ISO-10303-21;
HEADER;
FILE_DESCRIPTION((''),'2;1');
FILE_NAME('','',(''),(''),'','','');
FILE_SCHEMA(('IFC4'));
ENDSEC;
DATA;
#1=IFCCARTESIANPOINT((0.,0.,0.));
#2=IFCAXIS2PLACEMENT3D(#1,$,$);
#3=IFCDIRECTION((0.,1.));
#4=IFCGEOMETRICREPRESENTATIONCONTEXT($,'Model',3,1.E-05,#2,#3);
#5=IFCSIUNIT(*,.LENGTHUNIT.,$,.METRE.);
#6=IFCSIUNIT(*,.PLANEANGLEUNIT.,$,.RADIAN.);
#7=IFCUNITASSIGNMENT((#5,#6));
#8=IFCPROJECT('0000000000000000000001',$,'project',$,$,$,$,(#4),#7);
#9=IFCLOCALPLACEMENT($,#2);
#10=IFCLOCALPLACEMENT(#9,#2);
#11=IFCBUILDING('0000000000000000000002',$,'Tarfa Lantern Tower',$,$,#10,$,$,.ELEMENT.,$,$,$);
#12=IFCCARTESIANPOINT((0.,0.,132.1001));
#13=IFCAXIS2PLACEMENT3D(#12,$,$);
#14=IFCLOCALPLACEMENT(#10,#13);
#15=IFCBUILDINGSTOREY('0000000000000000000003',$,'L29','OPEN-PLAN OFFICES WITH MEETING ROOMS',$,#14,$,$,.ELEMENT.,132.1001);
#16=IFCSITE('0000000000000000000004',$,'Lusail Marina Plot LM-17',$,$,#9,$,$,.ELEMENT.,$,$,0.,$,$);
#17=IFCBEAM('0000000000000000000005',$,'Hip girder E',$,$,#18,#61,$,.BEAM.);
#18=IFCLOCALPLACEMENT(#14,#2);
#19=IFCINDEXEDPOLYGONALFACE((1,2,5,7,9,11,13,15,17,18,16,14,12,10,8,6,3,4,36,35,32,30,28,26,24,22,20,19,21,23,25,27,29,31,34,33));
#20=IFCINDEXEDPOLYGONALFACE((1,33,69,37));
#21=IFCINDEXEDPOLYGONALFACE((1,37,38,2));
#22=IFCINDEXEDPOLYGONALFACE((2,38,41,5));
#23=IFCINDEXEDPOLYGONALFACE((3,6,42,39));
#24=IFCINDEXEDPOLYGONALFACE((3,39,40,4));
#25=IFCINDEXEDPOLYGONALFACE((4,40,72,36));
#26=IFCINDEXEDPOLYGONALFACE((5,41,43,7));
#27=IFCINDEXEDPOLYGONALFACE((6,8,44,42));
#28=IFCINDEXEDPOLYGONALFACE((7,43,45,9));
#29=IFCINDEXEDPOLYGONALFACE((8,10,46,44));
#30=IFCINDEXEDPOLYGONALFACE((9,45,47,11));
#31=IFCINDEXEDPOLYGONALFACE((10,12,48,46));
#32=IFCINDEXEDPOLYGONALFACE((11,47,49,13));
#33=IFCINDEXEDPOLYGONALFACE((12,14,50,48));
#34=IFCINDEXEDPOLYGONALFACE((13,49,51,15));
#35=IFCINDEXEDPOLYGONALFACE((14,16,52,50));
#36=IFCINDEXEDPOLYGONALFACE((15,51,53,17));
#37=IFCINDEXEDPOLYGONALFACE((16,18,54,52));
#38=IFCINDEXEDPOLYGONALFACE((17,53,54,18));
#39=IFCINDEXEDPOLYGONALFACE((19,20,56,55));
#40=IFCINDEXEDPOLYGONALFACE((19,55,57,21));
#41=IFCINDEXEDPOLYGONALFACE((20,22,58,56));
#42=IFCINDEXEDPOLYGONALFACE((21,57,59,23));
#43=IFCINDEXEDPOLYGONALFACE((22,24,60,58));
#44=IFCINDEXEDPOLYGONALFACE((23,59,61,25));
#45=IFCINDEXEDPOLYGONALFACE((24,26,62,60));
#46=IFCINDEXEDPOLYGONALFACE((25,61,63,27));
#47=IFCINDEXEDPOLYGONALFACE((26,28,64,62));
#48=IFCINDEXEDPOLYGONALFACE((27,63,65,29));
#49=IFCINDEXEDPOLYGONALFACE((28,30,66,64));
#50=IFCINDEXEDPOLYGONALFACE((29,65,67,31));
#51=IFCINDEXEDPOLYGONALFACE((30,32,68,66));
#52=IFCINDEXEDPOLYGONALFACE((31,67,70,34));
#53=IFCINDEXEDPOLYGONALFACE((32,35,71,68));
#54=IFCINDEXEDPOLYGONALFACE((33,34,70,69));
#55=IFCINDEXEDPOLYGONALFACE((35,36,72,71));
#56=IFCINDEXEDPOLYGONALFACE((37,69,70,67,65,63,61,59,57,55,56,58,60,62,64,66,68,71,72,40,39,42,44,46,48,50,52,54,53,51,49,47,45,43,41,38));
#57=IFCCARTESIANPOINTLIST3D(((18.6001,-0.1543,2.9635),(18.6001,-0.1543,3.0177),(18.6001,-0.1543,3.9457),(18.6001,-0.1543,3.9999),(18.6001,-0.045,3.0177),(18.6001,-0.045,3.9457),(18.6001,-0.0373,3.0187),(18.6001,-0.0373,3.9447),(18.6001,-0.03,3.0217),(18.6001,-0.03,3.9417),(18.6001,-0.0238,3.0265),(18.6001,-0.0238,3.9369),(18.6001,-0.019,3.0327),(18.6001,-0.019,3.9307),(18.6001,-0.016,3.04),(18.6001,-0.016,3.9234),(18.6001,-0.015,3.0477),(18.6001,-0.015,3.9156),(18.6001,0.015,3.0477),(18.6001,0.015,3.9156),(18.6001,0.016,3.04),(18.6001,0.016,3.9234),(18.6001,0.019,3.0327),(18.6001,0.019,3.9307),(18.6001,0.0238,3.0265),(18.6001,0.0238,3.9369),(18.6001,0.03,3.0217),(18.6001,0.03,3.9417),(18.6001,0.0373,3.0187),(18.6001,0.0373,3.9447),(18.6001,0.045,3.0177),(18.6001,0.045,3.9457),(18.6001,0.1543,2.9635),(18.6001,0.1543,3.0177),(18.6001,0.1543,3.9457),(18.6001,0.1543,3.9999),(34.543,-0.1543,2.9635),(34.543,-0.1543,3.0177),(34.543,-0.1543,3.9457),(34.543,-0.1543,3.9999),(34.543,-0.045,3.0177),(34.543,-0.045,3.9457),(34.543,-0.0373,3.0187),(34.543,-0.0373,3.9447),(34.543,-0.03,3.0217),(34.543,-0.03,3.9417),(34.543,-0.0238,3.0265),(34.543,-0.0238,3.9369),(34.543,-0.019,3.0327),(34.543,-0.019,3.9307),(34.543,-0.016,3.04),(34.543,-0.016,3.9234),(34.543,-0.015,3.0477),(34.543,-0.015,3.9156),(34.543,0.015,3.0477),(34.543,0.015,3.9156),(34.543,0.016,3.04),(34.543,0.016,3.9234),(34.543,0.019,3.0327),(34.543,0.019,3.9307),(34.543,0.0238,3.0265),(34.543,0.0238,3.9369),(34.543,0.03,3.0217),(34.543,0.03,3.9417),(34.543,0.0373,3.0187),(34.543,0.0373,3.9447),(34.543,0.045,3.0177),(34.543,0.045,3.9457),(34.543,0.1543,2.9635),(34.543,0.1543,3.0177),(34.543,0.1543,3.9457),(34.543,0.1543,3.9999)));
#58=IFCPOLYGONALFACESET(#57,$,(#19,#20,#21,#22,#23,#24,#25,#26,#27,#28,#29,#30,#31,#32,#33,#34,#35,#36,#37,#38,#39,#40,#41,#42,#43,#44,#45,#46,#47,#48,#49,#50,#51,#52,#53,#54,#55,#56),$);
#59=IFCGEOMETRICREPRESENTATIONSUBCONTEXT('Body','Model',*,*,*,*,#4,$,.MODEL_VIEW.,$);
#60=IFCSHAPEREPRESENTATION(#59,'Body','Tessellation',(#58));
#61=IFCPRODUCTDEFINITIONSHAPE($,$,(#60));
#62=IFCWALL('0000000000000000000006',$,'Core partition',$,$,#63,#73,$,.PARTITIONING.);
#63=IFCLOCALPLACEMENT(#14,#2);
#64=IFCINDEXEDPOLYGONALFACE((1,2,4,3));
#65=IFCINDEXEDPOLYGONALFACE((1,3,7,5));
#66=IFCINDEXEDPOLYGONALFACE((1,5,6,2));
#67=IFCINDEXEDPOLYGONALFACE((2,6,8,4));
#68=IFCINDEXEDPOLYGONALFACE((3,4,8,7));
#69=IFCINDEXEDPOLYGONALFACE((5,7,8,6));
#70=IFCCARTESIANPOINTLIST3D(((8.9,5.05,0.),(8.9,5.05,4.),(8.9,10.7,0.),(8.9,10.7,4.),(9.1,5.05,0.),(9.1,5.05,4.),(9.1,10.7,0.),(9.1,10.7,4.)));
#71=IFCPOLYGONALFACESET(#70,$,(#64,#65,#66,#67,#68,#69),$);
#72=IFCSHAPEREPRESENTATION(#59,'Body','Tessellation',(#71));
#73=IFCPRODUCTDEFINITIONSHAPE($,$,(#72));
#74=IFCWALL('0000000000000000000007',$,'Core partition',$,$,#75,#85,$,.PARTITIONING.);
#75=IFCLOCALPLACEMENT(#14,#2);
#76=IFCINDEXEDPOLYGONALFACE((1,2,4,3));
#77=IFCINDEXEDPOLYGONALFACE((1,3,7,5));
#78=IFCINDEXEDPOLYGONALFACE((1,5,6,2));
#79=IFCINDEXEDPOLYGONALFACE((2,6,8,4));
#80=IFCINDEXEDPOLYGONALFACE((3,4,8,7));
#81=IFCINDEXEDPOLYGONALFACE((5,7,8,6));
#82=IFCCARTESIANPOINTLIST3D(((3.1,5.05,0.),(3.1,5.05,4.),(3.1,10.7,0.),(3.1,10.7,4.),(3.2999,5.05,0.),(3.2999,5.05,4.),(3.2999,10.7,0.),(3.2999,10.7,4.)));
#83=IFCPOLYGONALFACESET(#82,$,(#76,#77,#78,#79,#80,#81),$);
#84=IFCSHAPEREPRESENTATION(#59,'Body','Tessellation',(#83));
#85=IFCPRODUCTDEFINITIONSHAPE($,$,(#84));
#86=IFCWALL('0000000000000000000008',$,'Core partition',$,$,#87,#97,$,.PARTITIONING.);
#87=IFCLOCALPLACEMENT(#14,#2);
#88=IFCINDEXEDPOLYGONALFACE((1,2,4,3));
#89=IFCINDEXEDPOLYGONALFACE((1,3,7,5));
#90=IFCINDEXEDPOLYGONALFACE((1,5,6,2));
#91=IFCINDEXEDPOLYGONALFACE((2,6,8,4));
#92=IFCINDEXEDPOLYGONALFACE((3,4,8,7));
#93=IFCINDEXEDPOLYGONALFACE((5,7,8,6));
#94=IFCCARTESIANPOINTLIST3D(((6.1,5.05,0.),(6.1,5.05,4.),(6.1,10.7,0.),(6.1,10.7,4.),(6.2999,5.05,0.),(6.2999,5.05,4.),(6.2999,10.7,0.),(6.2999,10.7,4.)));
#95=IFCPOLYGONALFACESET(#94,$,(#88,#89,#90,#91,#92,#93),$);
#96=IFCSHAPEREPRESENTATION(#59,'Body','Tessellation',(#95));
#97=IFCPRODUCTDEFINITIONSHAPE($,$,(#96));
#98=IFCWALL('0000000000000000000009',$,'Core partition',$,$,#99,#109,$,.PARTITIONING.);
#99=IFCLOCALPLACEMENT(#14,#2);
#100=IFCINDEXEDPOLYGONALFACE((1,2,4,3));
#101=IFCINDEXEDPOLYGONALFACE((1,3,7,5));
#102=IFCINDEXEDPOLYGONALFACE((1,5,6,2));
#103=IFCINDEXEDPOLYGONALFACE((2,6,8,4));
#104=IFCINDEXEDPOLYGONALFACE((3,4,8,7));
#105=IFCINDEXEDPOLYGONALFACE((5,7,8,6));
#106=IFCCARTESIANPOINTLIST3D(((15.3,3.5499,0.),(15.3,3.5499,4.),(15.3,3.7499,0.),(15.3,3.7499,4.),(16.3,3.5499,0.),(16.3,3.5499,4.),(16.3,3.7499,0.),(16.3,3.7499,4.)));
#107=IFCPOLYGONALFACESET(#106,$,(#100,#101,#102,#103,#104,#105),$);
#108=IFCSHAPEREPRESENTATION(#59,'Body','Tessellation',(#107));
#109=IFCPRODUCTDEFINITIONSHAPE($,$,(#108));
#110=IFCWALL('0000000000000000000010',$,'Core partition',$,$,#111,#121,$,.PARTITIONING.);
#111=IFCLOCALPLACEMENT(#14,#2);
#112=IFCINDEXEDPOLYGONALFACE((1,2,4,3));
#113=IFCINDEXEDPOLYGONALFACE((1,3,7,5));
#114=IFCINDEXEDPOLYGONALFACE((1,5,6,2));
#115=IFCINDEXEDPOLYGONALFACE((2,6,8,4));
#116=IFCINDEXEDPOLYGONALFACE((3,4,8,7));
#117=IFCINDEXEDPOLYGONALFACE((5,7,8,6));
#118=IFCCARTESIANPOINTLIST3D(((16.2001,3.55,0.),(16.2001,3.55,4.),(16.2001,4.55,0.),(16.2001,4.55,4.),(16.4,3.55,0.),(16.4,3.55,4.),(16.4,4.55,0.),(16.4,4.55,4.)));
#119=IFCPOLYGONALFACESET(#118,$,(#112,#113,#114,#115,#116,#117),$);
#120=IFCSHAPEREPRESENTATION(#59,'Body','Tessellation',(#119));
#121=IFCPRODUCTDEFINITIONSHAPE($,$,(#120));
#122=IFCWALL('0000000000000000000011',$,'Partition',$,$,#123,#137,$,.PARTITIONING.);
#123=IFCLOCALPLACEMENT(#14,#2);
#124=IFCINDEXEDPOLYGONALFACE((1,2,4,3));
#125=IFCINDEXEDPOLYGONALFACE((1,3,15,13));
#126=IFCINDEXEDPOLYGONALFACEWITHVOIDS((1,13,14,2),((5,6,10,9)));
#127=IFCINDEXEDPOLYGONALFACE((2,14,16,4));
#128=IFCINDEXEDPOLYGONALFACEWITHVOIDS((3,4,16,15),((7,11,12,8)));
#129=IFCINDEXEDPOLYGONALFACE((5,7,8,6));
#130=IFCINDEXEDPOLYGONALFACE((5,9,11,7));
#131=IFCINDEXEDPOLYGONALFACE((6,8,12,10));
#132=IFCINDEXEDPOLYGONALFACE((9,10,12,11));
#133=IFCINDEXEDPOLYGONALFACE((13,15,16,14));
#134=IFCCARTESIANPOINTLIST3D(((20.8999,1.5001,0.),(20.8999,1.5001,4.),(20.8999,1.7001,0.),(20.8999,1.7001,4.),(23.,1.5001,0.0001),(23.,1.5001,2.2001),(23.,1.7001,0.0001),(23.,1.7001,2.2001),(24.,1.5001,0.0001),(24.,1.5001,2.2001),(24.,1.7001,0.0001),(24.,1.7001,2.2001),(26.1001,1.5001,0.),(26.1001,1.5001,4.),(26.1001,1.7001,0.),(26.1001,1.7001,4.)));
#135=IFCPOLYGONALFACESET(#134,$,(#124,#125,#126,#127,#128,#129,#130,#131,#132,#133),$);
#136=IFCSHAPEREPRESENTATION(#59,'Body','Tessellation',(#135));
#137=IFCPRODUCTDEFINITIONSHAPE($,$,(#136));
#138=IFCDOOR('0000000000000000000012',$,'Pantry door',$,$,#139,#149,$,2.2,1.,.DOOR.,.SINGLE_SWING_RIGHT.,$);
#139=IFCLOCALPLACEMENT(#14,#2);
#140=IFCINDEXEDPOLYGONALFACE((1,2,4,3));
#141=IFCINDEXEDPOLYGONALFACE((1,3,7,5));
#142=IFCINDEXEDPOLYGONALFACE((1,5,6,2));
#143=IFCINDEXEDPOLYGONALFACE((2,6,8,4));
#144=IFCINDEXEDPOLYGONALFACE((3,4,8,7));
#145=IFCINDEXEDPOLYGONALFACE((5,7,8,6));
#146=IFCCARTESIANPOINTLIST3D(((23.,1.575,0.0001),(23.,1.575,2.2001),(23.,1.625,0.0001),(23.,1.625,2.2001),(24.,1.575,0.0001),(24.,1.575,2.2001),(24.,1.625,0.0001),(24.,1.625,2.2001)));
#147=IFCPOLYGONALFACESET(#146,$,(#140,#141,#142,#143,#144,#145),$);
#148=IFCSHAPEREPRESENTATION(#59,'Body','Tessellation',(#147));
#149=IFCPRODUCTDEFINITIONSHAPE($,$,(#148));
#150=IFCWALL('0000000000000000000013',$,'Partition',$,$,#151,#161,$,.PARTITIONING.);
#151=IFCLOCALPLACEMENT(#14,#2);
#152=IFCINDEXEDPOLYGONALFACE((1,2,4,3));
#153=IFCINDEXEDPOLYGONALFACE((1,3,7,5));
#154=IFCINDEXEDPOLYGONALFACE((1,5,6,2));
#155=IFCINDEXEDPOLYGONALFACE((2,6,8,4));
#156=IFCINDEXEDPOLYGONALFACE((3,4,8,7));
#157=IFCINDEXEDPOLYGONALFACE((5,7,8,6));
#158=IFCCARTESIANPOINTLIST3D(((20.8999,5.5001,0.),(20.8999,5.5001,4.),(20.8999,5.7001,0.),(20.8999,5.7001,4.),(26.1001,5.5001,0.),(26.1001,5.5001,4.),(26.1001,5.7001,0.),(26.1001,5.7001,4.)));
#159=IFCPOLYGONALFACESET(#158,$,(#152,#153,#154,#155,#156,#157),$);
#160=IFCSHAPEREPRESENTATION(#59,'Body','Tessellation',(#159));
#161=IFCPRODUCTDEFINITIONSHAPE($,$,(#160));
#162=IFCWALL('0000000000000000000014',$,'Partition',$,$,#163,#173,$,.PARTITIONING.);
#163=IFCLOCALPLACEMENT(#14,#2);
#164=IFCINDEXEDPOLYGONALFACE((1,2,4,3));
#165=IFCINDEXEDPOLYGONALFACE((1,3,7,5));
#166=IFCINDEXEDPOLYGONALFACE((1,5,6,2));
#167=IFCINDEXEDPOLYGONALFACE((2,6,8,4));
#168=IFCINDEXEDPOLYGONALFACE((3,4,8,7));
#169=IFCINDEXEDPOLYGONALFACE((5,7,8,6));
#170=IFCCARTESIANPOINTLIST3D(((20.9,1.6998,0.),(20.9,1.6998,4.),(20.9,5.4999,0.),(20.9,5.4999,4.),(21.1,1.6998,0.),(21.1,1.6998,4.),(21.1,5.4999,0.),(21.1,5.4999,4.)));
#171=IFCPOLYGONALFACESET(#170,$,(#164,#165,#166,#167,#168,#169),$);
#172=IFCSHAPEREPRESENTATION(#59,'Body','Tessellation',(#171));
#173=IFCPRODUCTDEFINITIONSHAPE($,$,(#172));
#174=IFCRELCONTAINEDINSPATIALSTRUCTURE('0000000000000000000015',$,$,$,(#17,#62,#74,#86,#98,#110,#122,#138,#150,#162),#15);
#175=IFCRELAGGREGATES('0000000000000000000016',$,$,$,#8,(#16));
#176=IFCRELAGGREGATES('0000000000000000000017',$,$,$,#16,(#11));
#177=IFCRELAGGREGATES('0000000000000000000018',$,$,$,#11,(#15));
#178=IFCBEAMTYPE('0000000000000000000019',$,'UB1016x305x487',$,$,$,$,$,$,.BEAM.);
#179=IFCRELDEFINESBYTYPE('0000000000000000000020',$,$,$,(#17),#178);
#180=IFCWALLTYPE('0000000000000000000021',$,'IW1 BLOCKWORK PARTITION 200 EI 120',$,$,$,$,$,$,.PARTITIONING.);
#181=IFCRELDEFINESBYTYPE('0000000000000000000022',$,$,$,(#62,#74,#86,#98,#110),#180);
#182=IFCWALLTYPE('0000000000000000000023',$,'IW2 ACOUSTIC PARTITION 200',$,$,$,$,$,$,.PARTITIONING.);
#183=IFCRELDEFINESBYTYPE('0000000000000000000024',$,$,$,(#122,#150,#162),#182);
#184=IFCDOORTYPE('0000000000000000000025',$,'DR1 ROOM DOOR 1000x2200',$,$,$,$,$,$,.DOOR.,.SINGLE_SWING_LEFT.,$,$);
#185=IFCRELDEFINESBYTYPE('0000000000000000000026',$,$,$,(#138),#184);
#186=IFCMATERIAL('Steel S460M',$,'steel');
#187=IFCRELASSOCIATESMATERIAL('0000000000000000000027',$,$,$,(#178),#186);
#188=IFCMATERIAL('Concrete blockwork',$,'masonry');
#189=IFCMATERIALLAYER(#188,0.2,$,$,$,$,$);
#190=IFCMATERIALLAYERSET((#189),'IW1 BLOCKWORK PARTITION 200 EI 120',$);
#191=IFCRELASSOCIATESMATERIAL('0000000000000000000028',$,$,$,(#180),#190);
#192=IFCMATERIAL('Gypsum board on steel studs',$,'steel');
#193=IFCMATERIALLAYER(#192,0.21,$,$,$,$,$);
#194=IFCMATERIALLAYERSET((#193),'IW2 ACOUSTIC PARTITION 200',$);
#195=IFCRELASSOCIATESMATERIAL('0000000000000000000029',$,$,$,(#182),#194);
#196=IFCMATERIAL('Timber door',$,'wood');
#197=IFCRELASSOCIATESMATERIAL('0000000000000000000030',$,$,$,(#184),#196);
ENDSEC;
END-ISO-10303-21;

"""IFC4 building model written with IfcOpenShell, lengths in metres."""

from ifc_helpers import new_model, si_unit, direction, frame, frame_2d, origin, origin_2d, place, context, subcontext, project, spatial, rectangle, i_section, extrude, material, layer, layer_set, material_profile, profile_set, type_object, element, fill, save


model = new_model("IFC4")

# Units and contexts
model_context = context("Model", 3, precision=1e-05, world=origin(), true_north=direction((0.0, 1.0)))
body_context = subcontext(model_context, "Body", "Model", "MODEL_VIEW")
ifc_project = project(units=[si_unit("LENGTHUNIT", "METRE"), si_unit("PLANEANGLEUNIT", "RADIAN")], contexts=[model_context])

# Site, building, storey
site_placement = place(None, origin())
site = spatial("IfcSite", under=ifc_project, at=site_placement, Name="Lusail Marina Plot LM-17", CompositionType="ELEMENT", RefElevation=0.0)
building_placement = place(site_placement, origin())
building = spatial("IfcBuilding", under=site, at=building_placement, Name="Tarfa Lantern Tower", CompositionType="ELEMENT")
storey_placement = place(building_placement, frame((0.0, 0.0, 132.1001)))
storey = spatial("IfcBuildingStorey", under=building, at=storey_placement, Name="L29", Description="OPEN-PLAN OFFICES WITH MEETING ROOMS", CompositionType="ELEMENT", Elevation=132.1001)

# Beam
ifc_material_1 = material(Name="Steel S460M", Category="steel")
ifc_material_profile = material_profile(ifc_material_1, i_section(OverallWidth=0.3086, OverallDepth=1.0364, WebThickness=0.03, FlangeThickness=0.0542, FilletRadius=0.03, at=origin_2d()), Name="UB1016x305x487")
ifc_profile_set = profile_set([ifc_material_profile], Name="Steel S460M")
beam_type = type_object("IfcBeamType", Name="UB1016x305x487", PredefinedType="BEAM", material=ifc_profile_set)
beam_placement = place(storey_placement, frame((18.6001, 0.0, 3.4817), z_axis=(1.0, 0.0, 0.0), x_axis=(0.0, 1.0, 0.0)))
element("IfcBeam", 1, at=beam_placement, inside=storey, type_object=beam_type, Name="Hip girder E", PredefinedType="BEAM", context=body_context, shape_type="SweptSolid", body=[
    extrude(i_section(OverallWidth=0.3086, OverallDepth=1.0364, WebThickness=0.03, FlangeThickness=0.0542, FilletRadius=0.03, at=origin_2d()), origin(), (0.0, 0.0, 1.0), 15.9429),
])

# Walls
ifc_material_2 = material(Name="Concrete blockwork", Category="masonry")
ifc_layer_1 = layer(ifc_material_2, 0.2)
ifc_layer_set_1 = layer_set([ifc_layer_1], Name="IW1 BLOCKWORK PARTITION 200 EI 120")
wall_type_1 = type_object("IfcWallType", Name="IW1 BLOCKWORK PARTITION 200 EI 120", PredefinedType="PARTITIONING", material=ifc_layer_set_1)
for number, where, z_axis, x_axis, name in (
    (2, (9.0, 5.05, 0.0), (0.0, 0.0, 1.0), (0.0, 1.0, 0.0), "Core partition"),
    (3, (3.2, 5.05, 0.0), (0.0, 0.0, 1.0), (0.0, 1.0, 0.0), "Core partition"),
    (4, (6.2, 5.05, 0.0), (0.0, 0.0, 1.0), (0.0, 1.0, 0.0), "Core partition"),
):
    element("IfcWall", number, at=place(storey_placement, frame(where, z_axis=z_axis, x_axis=x_axis)), inside=storey, type_object=wall_type_1, Name=name, PredefinedType="PARTITIONING", context=body_context, shape_type="SweptSolid", body=[
        extrude(rectangle(XDim=5.6499, YDim=0.2, at=frame_2d((2.825, 0.0))), origin(), (0.0, 0.0, 1.0), 4.0),
    ])
for number, where, z_axis, x_axis, name in (
    (5, (15.3, 3.6499, 0.0), (0.0, 0.0, 1.0), (1.0, 0.0, 0.0), "Core partition"),
    (6, (16.3, 3.55, 0.0), (0.0, 0.0, 1.0), (0.0, 1.0, 0.0), "Core partition"),
):
    element("IfcWall", number, at=place(storey_placement, frame(where, z_axis=z_axis, x_axis=x_axis)), inside=storey, type_object=wall_type_1, Name=name, PredefinedType="PARTITIONING", context=body_context, shape_type="SweptSolid", body=[
        extrude(rectangle(XDim=1.0, YDim=0.2, at=frame_2d((0.5, 0.0))), origin(), (0.0, 0.0, 1.0), 4.0),
    ])

# Wall, opening, door
ifc_material_3 = material(Name="Gypsum board on steel studs", Category="steel")
ifc_layer_2 = layer(ifc_material_3, 0.21)
ifc_layer_set_2 = layer_set([ifc_layer_2], Name="IW2 ACOUSTIC PARTITION 200")
wall_type_2 = type_object("IfcWallType", Name="IW2 ACOUSTIC PARTITION 200", PredefinedType="PARTITIONING", material=ifc_layer_set_2)
wall_1_placement = place(storey_placement, frame((20.8999, 1.6001, 0.0), z_axis=(0.0, 0.0, 1.0), x_axis=(1.0, 0.0, 0.0)))
wall_1 = element("IfcWall", 7, at=wall_1_placement, inside=storey, type_object=wall_type_2, Name="Partition", PredefinedType="PARTITIONING", context=body_context, shape_type="SweptSolid", body=[
    extrude(rectangle(XDim=5.2002, YDim=0.2, at=frame_2d((2.6001, 0.0))), origin(), (0.0, 0.0, 1.0), 4.0),
])
opening_1_placement = place(wall_1_placement, frame((2.1001, 0.0, 0.0)))
opening_1 = element("IfcOpeningElement", 8, at=opening_1_placement, cuts=wall_1, PredefinedType="OPENING", context=body_context, shape_type="SweptSolid", body=[
    extrude(rectangle(XDim=1.0, YDim=2.2, at=frame_2d((0.5, 1.1001))), frame((0.0, 0.1099, 0.0), z_axis=(0.0, -1.0, 0.0), x_axis=(1.0, 0.0, 0.0)), (0.0, 0.0, 1.0), 0.22),
])
ifc_material_4 = material(Name="Timber door", Category="wood")
door_type_1 = type_object("IfcDoorType", Name="DR1 ROOM DOOR 1000x2200", OperationType="SINGLE_SWING_LEFT", PredefinedType="DOOR", material=ifc_material_4)
door_1_placement = place(opening_1_placement, origin())
door_1 = element("IfcDoor", 9, at=door_1_placement, inside=storey, type_object=door_type_1, Name="Pantry door", OperationType="SINGLE_SWING_RIGHT", OverallHeight=2.2, OverallWidth=1.0, PredefinedType="DOOR", context=body_context, shape_type="SweptSolid", body=[
    extrude(rectangle(XDim=1.0, YDim=2.2, at=frame_2d((0.5, 1.1001))), frame((0.0, 0.0249, 0.0), z_axis=(0.0, -1.0, 0.0), x_axis=(1.0, 0.0, 0.0)), (0.0, 0.0, 1.0), 0.05),
])
fill(opening_1, door_1)

# Walls
wall_2_placement = place(storey_placement, frame((20.8999, 5.6001, 0.0), z_axis=(0.0, 0.0, 1.0), x_axis=(1.0, 0.0, 0.0)))
element("IfcWall", 10, at=wall_2_placement, inside=storey, type_object=wall_type_2, Name="Partition", PredefinedType="PARTITIONING", context=body_context, shape_type="SweptSolid", body=[
    extrude(rectangle(XDim=5.2002, YDim=0.2, at=frame_2d((2.6001, 0.0))), origin(), (0.0, 0.0, 1.0), 4.0),
])
wall_3_placement = place(storey_placement, frame((21.0, 1.7, 0.0), z_axis=(0.0, 0.0, 1.0), x_axis=(0.0, 1.0, 0.0)))
element("IfcWall", 11, at=wall_3_placement, inside=storey, type_object=wall_type_2, Name="Partition", PredefinedType="PARTITIONING", context=body_context, shape_type="SweptSolid", body=[
    extrude(rectangle(XDim=3.8, YDim=0.2, at=frame_2d((1.8999, 0.0))), origin(), (0.0, 0.0, 1.0), 4.0),
])

save(model, "model.ifc")
